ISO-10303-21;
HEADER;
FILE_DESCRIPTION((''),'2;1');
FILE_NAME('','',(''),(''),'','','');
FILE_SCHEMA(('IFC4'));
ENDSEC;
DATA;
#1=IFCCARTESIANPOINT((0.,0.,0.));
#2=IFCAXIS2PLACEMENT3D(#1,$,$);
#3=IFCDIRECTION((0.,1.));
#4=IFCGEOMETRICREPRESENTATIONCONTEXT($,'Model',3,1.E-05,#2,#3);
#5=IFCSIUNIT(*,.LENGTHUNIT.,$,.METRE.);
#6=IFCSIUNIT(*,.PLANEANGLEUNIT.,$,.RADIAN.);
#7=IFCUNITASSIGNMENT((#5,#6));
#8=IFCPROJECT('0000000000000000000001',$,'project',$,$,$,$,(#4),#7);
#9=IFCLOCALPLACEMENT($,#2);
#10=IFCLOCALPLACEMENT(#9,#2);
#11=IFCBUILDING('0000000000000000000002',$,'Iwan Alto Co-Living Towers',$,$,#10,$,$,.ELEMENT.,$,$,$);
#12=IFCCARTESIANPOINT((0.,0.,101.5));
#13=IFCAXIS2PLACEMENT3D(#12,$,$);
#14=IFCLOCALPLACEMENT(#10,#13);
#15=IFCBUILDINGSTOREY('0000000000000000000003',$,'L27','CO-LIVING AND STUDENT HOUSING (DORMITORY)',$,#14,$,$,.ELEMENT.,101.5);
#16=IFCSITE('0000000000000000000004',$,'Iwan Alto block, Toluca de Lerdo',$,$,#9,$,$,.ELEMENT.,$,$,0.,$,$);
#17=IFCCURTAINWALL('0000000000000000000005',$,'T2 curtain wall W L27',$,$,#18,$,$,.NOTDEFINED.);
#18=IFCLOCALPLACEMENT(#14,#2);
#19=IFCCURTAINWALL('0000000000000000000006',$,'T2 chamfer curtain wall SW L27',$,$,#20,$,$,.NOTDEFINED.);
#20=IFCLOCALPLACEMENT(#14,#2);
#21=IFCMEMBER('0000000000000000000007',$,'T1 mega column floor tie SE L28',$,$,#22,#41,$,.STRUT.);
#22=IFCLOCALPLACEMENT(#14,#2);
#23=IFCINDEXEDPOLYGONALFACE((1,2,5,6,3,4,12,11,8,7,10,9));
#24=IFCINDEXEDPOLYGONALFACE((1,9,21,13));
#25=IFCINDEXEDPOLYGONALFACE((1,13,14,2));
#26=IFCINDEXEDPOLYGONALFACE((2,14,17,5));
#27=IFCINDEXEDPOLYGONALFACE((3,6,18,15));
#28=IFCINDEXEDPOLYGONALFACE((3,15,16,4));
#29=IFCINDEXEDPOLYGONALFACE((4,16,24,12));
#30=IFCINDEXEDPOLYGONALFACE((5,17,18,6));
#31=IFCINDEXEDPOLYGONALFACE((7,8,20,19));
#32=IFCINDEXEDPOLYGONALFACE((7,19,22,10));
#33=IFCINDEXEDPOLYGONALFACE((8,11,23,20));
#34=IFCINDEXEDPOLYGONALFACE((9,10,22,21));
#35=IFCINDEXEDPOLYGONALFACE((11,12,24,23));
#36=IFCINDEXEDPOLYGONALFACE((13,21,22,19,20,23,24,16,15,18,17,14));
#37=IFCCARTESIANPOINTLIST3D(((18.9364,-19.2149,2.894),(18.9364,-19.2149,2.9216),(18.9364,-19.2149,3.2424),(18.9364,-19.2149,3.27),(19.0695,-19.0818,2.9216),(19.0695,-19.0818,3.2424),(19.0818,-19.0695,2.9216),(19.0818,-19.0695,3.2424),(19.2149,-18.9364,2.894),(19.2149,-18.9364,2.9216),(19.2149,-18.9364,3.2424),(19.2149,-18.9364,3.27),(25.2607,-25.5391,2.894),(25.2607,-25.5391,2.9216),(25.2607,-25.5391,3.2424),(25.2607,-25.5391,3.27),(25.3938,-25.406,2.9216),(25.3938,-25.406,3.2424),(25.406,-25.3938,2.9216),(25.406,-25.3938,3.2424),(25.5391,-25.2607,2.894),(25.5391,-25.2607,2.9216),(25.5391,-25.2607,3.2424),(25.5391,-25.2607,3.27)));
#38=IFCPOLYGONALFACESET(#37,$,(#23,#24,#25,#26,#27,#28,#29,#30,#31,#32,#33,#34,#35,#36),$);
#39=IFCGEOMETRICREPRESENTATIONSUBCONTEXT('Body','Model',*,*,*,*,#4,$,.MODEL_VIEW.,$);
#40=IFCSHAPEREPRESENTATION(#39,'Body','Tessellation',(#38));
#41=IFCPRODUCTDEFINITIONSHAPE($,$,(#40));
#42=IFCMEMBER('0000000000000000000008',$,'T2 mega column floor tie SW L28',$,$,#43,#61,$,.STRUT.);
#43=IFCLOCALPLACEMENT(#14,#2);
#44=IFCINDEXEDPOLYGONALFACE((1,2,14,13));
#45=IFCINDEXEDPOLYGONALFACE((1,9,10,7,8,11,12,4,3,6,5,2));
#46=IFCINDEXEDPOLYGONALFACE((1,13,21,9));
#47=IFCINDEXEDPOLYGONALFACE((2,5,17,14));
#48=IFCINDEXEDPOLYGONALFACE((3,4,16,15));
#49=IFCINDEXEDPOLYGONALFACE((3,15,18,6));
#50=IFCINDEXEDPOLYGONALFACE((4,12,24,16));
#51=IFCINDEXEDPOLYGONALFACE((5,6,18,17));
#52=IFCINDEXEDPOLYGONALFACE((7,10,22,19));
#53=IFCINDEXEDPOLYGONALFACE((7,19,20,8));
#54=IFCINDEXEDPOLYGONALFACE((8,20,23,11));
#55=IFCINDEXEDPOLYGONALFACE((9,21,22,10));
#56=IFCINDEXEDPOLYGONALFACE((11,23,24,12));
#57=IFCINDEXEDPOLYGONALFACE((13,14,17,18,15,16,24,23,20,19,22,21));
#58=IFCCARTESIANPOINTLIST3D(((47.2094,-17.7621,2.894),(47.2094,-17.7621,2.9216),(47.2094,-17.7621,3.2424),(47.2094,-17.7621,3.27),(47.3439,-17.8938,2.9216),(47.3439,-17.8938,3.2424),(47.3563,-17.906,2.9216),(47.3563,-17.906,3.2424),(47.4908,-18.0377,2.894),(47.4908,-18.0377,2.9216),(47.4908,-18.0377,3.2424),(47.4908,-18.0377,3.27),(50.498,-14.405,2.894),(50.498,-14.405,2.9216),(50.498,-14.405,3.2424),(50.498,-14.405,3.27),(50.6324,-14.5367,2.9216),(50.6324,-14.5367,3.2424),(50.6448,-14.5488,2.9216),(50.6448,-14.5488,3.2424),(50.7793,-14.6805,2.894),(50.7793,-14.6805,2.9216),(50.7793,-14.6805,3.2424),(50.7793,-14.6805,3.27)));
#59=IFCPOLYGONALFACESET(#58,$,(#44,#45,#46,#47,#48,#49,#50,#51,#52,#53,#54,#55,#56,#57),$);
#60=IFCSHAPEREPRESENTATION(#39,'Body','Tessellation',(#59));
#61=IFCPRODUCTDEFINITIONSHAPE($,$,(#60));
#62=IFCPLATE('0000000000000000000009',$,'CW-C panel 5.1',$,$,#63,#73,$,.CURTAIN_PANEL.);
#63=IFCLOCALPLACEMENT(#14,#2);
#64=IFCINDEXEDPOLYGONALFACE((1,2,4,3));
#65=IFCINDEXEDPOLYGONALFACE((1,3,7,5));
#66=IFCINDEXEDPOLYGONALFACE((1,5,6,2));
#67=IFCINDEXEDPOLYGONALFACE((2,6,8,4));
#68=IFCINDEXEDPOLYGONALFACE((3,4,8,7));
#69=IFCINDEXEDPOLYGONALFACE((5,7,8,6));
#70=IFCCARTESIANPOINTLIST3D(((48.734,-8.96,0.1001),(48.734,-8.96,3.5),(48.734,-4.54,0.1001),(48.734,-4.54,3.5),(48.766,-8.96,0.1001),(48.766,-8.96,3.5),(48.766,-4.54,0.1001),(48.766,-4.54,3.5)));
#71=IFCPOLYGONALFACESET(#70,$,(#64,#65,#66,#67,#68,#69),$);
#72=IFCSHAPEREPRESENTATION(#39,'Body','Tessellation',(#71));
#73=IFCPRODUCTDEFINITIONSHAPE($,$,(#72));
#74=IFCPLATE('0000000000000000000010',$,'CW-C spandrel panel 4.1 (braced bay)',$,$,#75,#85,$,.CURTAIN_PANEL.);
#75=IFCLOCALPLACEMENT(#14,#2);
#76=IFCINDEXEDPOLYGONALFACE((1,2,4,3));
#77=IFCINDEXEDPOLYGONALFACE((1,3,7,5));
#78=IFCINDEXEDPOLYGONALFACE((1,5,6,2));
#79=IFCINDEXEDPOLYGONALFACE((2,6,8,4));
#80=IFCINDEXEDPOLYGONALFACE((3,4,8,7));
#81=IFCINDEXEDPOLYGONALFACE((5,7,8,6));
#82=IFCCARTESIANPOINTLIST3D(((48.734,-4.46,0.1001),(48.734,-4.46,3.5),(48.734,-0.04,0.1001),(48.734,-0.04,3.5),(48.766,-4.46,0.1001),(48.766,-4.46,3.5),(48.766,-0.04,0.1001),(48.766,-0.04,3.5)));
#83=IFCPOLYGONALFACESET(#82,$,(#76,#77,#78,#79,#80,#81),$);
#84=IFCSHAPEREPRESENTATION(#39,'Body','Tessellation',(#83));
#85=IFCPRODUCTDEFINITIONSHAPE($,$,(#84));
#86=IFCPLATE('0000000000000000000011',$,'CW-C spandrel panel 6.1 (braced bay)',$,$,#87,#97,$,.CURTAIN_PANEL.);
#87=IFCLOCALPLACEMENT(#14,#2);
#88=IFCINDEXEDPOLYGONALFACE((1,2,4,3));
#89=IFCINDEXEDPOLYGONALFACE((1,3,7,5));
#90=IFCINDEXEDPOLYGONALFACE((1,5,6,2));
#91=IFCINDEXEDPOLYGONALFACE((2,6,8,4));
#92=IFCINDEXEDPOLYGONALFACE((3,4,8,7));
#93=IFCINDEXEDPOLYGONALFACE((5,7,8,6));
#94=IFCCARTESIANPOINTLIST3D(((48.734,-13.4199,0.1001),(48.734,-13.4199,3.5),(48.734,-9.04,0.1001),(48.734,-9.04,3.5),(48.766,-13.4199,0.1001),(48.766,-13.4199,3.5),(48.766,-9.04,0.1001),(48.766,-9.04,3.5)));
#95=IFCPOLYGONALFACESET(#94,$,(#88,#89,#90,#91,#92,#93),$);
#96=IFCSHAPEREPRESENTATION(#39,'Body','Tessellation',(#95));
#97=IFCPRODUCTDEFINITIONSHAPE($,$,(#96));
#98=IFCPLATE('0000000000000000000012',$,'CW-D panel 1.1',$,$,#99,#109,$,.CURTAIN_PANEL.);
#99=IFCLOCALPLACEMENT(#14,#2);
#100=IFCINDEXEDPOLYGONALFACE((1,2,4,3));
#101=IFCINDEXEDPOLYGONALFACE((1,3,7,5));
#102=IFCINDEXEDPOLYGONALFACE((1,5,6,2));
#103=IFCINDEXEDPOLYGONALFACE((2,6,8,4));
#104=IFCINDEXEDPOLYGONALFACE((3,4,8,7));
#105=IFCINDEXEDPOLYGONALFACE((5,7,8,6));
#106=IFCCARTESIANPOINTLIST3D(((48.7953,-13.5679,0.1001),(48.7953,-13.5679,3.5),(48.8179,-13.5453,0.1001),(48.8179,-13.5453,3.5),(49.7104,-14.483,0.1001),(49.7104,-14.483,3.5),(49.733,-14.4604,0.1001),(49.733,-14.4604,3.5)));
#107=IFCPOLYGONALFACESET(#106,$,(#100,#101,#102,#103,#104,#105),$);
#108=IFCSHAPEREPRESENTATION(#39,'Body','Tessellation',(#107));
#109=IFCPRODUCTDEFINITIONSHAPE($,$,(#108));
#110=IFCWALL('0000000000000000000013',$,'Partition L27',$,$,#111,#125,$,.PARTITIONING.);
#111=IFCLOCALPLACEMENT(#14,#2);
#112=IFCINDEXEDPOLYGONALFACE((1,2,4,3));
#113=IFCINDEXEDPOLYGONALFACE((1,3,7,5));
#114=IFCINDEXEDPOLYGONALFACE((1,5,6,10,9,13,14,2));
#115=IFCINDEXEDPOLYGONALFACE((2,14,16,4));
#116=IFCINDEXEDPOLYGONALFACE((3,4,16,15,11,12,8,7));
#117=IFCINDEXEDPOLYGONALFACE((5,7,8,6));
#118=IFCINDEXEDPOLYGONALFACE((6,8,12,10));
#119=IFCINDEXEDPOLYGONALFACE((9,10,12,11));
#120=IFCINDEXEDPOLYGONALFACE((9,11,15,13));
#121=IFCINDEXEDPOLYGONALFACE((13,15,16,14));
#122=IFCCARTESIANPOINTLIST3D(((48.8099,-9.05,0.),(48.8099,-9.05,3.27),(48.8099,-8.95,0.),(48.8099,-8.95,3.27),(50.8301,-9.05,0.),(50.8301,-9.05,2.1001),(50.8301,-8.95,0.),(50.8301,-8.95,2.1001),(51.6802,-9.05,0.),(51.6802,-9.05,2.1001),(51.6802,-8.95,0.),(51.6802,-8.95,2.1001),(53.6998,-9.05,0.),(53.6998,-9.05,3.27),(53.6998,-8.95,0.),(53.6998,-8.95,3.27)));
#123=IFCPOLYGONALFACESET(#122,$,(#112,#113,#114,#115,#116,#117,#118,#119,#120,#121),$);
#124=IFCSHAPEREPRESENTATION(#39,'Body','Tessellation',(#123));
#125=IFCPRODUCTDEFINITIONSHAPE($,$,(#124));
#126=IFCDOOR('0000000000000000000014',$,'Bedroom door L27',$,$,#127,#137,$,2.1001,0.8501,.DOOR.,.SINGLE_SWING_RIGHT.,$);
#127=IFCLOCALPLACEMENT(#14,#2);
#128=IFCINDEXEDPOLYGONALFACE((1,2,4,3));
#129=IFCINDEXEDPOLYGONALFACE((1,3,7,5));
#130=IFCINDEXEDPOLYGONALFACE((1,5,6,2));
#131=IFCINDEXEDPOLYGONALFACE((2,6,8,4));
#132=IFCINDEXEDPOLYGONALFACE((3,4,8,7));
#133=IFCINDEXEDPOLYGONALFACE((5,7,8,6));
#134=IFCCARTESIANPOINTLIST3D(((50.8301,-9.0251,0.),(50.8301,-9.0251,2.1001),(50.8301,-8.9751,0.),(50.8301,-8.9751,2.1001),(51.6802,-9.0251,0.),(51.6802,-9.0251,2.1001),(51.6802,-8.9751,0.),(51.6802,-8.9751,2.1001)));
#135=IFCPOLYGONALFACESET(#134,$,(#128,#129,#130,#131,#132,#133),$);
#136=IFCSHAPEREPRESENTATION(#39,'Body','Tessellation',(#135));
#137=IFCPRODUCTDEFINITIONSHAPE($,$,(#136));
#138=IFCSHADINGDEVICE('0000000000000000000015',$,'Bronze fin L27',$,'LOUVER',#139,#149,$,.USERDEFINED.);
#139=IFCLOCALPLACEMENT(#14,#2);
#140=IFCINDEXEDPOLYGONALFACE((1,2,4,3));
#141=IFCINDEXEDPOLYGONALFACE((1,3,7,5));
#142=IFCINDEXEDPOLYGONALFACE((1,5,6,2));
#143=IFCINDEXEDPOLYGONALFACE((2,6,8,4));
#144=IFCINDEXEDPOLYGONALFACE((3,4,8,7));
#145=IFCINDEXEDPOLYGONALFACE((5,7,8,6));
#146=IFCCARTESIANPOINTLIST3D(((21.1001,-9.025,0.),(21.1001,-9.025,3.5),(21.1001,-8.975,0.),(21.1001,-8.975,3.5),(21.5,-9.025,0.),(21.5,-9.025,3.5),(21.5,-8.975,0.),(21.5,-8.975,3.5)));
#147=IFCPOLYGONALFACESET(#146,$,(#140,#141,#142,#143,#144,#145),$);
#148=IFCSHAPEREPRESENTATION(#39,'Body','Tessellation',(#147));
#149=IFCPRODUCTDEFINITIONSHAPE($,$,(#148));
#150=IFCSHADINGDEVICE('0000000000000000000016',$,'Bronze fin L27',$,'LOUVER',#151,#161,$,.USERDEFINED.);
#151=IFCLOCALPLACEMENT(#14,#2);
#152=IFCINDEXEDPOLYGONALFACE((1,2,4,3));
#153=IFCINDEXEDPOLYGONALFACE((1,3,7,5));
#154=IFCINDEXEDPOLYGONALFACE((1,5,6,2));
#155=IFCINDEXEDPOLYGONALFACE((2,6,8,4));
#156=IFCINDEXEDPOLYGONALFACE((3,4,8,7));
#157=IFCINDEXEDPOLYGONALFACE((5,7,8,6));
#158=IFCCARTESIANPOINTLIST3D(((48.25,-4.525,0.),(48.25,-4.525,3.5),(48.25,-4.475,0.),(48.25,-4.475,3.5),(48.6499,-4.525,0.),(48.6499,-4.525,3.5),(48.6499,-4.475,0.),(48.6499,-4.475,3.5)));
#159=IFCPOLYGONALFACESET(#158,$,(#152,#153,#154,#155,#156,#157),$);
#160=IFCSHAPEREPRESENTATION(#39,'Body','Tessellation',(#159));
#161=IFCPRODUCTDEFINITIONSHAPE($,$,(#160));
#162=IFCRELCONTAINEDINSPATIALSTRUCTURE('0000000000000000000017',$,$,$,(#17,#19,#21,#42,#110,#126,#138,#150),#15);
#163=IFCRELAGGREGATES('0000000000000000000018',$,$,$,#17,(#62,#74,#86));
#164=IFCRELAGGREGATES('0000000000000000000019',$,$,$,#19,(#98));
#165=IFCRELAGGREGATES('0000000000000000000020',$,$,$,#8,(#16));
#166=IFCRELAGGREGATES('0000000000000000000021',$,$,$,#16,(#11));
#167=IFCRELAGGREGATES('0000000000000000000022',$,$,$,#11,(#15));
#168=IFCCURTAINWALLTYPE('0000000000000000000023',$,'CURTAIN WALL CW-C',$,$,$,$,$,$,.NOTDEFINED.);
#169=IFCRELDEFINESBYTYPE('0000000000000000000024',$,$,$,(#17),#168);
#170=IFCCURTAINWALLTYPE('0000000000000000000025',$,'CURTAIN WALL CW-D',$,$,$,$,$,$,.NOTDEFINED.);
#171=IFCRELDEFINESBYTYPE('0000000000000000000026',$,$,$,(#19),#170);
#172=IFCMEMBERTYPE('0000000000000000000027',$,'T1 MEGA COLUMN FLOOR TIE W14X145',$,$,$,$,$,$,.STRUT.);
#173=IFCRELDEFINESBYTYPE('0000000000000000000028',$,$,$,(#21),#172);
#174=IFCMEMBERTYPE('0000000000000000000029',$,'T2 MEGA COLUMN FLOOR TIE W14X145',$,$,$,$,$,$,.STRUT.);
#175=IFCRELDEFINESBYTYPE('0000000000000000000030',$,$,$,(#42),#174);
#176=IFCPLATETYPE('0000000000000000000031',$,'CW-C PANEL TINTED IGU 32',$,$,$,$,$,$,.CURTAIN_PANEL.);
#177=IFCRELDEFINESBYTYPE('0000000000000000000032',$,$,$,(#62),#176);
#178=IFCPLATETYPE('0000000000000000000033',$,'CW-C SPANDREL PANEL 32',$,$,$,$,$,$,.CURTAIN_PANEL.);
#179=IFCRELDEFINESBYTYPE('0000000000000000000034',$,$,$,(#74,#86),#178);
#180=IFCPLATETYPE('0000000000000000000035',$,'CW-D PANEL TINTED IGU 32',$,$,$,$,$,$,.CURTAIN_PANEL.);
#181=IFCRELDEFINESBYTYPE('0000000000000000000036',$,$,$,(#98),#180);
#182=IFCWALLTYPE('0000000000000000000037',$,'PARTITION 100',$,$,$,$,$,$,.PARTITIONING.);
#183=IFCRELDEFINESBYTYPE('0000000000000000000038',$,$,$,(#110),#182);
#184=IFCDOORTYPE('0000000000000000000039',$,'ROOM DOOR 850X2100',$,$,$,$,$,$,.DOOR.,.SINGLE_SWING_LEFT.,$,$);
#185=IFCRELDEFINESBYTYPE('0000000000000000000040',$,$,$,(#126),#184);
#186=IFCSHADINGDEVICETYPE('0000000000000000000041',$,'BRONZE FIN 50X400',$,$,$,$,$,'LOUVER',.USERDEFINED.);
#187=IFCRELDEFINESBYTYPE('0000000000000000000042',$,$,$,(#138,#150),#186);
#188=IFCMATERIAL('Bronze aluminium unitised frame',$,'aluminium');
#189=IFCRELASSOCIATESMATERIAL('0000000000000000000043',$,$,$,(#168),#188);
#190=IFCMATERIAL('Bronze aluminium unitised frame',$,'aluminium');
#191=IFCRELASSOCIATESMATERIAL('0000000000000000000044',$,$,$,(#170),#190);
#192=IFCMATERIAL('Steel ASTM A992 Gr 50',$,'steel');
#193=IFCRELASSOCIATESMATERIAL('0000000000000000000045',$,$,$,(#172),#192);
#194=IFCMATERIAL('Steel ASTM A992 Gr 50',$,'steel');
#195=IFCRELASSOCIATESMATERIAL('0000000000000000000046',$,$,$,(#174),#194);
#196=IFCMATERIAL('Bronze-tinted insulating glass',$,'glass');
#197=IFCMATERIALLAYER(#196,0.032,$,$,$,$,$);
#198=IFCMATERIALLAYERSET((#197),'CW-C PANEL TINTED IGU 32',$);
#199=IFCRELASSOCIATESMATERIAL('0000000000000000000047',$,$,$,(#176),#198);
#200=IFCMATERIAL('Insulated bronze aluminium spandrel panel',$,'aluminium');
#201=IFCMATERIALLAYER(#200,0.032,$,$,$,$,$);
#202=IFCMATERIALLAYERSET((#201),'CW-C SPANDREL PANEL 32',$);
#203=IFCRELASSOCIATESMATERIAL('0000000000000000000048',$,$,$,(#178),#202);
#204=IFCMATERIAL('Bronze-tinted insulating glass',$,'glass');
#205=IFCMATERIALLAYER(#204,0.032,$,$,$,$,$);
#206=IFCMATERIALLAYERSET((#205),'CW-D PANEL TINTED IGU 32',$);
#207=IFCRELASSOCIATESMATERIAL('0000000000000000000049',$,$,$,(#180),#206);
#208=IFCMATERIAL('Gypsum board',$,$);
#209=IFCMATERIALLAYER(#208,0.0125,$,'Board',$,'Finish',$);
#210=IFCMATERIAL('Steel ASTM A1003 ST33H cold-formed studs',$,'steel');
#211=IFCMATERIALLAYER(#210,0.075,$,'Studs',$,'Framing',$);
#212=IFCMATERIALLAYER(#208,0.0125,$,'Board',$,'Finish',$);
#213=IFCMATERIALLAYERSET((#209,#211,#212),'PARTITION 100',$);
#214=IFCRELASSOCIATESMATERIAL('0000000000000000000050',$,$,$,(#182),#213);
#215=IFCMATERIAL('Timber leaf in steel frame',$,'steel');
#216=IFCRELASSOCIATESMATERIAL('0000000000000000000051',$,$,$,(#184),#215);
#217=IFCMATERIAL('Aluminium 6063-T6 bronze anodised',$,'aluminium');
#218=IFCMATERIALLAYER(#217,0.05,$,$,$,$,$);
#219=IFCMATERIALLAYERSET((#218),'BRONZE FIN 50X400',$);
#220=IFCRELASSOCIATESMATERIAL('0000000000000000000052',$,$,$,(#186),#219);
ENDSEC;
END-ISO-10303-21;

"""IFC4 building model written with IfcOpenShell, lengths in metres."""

from ifc_helpers import new_model, si_unit, direction, frame, frame_2d, origin, origin_2d, place, context, subcontext, project, spatial, rectangle, i_section, extrude, material, layer, layer_set, material_profile, profile_set, type_object, element, fill, aggregate, save


model = new_model("IFC4")

# Units and contexts
model_context = context("Model", 3, precision=1e-05, world=origin(), true_north=direction((0.0, 1.0)))
body_context = subcontext(model_context, "Body", "Model", "MODEL_VIEW")
ifc_project = project(units=[si_unit("LENGTHUNIT", "METRE"), si_unit("PLANEANGLEUNIT", "RADIAN")], contexts=[model_context])

# Site, building, storey
site_placement = place(None, origin())
site = spatial("IfcSite", under=ifc_project, at=site_placement, Name="Iwan Alto block, Toluca de Lerdo", CompositionType="ELEMENT", RefElevation=0.0)
building_placement = place(site_placement, origin())
building = spatial("IfcBuilding", under=site, at=building_placement, Name="Iwan Alto Co-Living Towers", CompositionType="ELEMENT")
storey_placement = place(building_placement, frame((0.0, 0.0, 101.5)))
storey = spatial("IfcBuildingStorey", under=building, at=storey_placement, Name="L27", Description="CO-LIVING AND STUDENT HOUSING (DORMITORY)", CompositionType="ELEMENT", Elevation=101.5)

# Curtain walls
ifc_material_1 = material(Name="Bronze aluminium unitised frame", Category="aluminium")
curtain_wall_type_1 = type_object("IfcCurtainWallType", Name="CURTAIN WALL CW-C", PredefinedType="NOTDEFINED", material=ifc_material_1)
curtain_wall_1_placement = place(storey_placement, origin())
curtain_wall_1 = element("IfcCurtainWall", 1, at=curtain_wall_1_placement, inside=storey, type_object=curtain_wall_type_1, Name="T2 curtain wall W L27", PredefinedType="NOTDEFINED")
ifc_material_2 = material(Name="Bronze aluminium unitised frame", Category="aluminium")
curtain_wall_type_2 = type_object("IfcCurtainWallType", Name="CURTAIN WALL CW-D", PredefinedType="NOTDEFINED", material=ifc_material_2)
curtain_wall_2_placement = place(storey_placement, origin())
curtain_wall_2 = element("IfcCurtainWall", 2, at=curtain_wall_2_placement, inside=storey, type_object=curtain_wall_type_2, Name="T2 chamfer curtain wall SW L27", PredefinedType="NOTDEFINED")

# Members
ifc_material_3 = material(Name="Steel ASTM A992 Gr 50", Category="steel")
ifc_material_profile_1 = material_profile(ifc_material_3, i_section(OverallWidth=0.3938, OverallDepth=0.376, WebThickness=0.0173, FlangeThickness=0.0276, at=origin_2d()), Name="W14X145")
ifc_profile_set_1 = profile_set([ifc_material_profile_1], Name="Steel ASTM A992 Gr 50")
member_type_1 = type_object("IfcMemberType", Name="T1 MEGA COLUMN FLOOR TIE W14X145", PredefinedType="STRUT", material=ifc_profile_set_1)
member_1_placement = place(storey_placement, frame((25.3999, -25.3999, 3.082), z_axis=(-0.707107, 0.707107, 0.0), x_axis=(-0.707107, -0.707107, 0.0)))
element("IfcMember", 3, at=member_1_placement, inside=storey, type_object=member_type_1, Name="T1 mega column floor tie SE L28", PredefinedType="STRUT", context=body_context, shape_type="SweptSolid", body=[
    extrude(i_section(OverallWidth=0.3938, OverallDepth=0.376, WebThickness=0.0173, FlangeThickness=0.0276, at=origin_2d()), origin(), (0.0, 0.0, 1.0), 8.9438),
])
ifc_material_4 = material(Name="Steel ASTM A992 Gr 50", Category="steel")
ifc_material_profile_2 = material_profile(ifc_material_4, i_section(OverallWidth=0.3938, OverallDepth=0.376, WebThickness=0.0173, FlangeThickness=0.0276, at=origin_2d()), Name="W14X145")
ifc_profile_set_2 = profile_set([ifc_material_profile_2], Name="Steel ASTM A992 Gr 50")
member_type_2 = type_object("IfcMemberType", Name="T2 MEGA COLUMN FLOOR TIE W14X145", PredefinedType="STRUT", material=ifc_profile_set_2)
member_2_placement = place(storey_placement, frame((47.3501, -17.8999, 3.082), z_axis=(0.69977, 0.714368, 0.0), x_axis=(-0.714368, 0.69977, 0.0)))
element("IfcMember", 4, at=member_2_placement, inside=storey, type_object=member_type_2, Name="T2 mega column floor tie SW L28", PredefinedType="STRUT", context=body_context, shape_type="SweptSolid", body=[
    extrude(i_section(OverallWidth=0.3938, OverallDepth=0.376, WebThickness=0.0173, FlangeThickness=0.0276, at=origin_2d()), origin(), (0.0, 0.0, 1.0), 4.6995),
])

# Plates
ifc_material_5 = material(Name="Bronze-tinted insulating glass", Category="glass")
ifc_layer_1 = layer(ifc_material_5, 0.032)
ifc_layer_set_1 = layer_set([ifc_layer_1], Name="CW-C PANEL TINTED IGU 32")
plate_type_1 = type_object("IfcPlateType", Name="CW-C PANEL TINTED IGU 32", PredefinedType="CURTAIN_PANEL", material=ifc_layer_set_1)
plate_1_placement = place(storey_placement, frame((48.75, -6.75, 0.1001), z_axis=(0.0, 0.0, 1.0), x_axis=(0.0, -1.0, 0.0)))
plate_1 = element("IfcPlate", 5, at=plate_1_placement, type_object=plate_type_1, Name="CW-C panel 5.1", PredefinedType="CURTAIN_PANEL", context=body_context, shape_type="SweptSolid", body=[
    extrude(rectangle(XDim=4.4199, YDim=0.032, at=origin_2d()), origin(), (0.0, 0.0, 1.0), 3.3999),
])
ifc_material_6 = material(Name="Insulated bronze aluminium spandrel panel", Category="aluminium")
ifc_layer_2 = layer(ifc_material_6, 0.032)
ifc_layer_set_2 = layer_set([ifc_layer_2], Name="CW-C SPANDREL PANEL 32")
plate_type_2 = type_object("IfcPlateType", Name="CW-C SPANDREL PANEL 32", PredefinedType="CURTAIN_PANEL", material=ifc_layer_set_2)
plate_2_placement = place(storey_placement, frame((48.75, -2.25, 0.1001), z_axis=(0.0, 0.0, 1.0), x_axis=(0.0, -1.0, 0.0)))
plate_2 = element("IfcPlate", 6, at=plate_2_placement, type_object=plate_type_2, Name="CW-C spandrel panel 4.1 (braced bay)", PredefinedType="CURTAIN_PANEL", context=body_context, shape_type="SweptSolid", body=[
    extrude(rectangle(XDim=4.4199, YDim=0.032, at=origin_2d()), origin(), (0.0, 0.0, 1.0), 3.3999),
])
plate_3_placement = place(storey_placement, frame((48.75, -11.23, 0.1001), z_axis=(0.0, 0.0, 1.0), x_axis=(0.0, -1.0, 0.0)))
plate_3 = element("IfcPlate", 7, at=plate_3_placement, type_object=plate_type_2, Name="CW-C spandrel panel 6.1 (braced bay)", PredefinedType="CURTAIN_PANEL", context=body_context, shape_type="SweptSolid", body=[
    extrude(rectangle(XDim=4.3799, YDim=0.032, at=origin_2d()), origin(), (0.0, 0.0, 1.0), 3.3999),
])
aggregate(curtain_wall_1, [plate_1, plate_2, plate_3])
ifc_material_7 = material(Name="Bronze-tinted insulating glass", Category="glass")
ifc_layer_3 = layer(ifc_material_7, 0.032)
ifc_layer_set_3 = layer_set([ifc_layer_3], Name="CW-D PANEL TINTED IGU 32")
plate_type_3 = type_object("IfcPlateType", Name="CW-D PANEL TINTED IGU 32", PredefinedType="CURTAIN_PANEL", material=ifc_layer_set_3)
plate_4_placement = place(storey_placement, frame((49.2642, -14.0142, 0.1001), z_axis=(0.0, 0.0, 1.0), x_axis=(0.707107, -0.707107, 0.0)))
plate_4 = element("IfcPlate", 8, at=plate_4_placement, type_object=plate_type_3, Name="CW-D panel 1.1", PredefinedType="CURTAIN_PANEL", context=body_context, shape_type="SweptSolid", body=[
    extrude(rectangle(XDim=1.2942, YDim=0.032, at=origin_2d()), origin(), (0.0, 0.0, 1.0), 3.3999),
])
aggregate(curtain_wall_2, [plate_4])

# Wall, opening, door
ifc_material_8 = material(Name="Gypsum board")
ifc_layer_4 = layer(ifc_material_8, 0.0125, Name="Board", Category="Finish")
ifc_material_9 = material(Name="Steel ASTM A1003 ST33H cold-formed studs", Category="steel")
ifc_layer_5 = layer(ifc_material_9, 0.075, Name="Studs", Category="Framing")
ifc_layer_6 = layer(ifc_material_8, 0.0125, Name="Board", Category="Finish")
ifc_layer_set_4 = layer_set([ifc_layer_4, ifc_layer_5, ifc_layer_6], Name="PARTITION 100")
wall_type = type_object("IfcWallType", Name="PARTITION 100", PredefinedType="PARTITIONING", material=ifc_layer_set_4)
wall_placement = place(storey_placement, frame((48.8101, -9.0, 0.0), z_axis=(0.0, 0.0, 1.0), x_axis=(1.0, 0.0, 0.0)))
wall = element("IfcWall", 9, at=wall_placement, inside=storey, type_object=wall_type, Name="Partition L27", PredefinedType="PARTITIONING", context=body_context, shape_type="SweptSolid", body=[
    extrude(rectangle(XDim=4.8899, YDim=0.1001, at=frame_2d((2.4448, 0.0))), origin(), (0.0, 0.0, 1.0), 3.27),
])
opening_placement = place(wall_placement, frame((2.02, 0.0, 0.0)))
opening = element("IfcOpeningElement", 10, at=opening_placement, cuts=wall, PredefinedType="OPENING", context=body_context, shape_type="SweptSolid", body=[
    extrude(rectangle(XDim=0.8501, YDim=2.1001, at=frame_2d((0.425, 1.05))), frame((0.0, 0.0601, 0.0), z_axis=(0.0, -1.0, 0.0), x_axis=(1.0, 0.0, 0.0)), (0.0, 0.0, 1.0), 0.1201),
])
ifc_material_10 = material(Name="Timber leaf in steel frame", Category="steel")
door_type = type_object("IfcDoorType", Name="ROOM DOOR 850X2100", OperationType="SINGLE_SWING_LEFT", PredefinedType="DOOR", material=ifc_material_10)
door_placement = place(opening_placement, origin())
door = element("IfcDoor", 11, at=door_placement, inside=storey, type_object=door_type, Name="Bedroom door L27", OperationType="SINGLE_SWING_RIGHT", OverallHeight=2.1001, OverallWidth=0.8501, PredefinedType="DOOR", context=body_context, shape_type="SweptSolid", body=[
    extrude(rectangle(XDim=0.8501, YDim=2.1001, at=frame_2d((0.425, 1.05))), frame((0.0, 0.0249, 0.0), z_axis=(0.0, -1.0, 0.0), x_axis=(1.0, 0.0, 0.0)), (0.0, 0.0, 1.0), 0.05),
])
fill(opening, door)

# Shading devices
ifc_material_11 = material(Name="Aluminium 6063-T6 bronze anodised", Category="aluminium")
ifc_layer_7 = layer(ifc_material_11, 0.05)
ifc_layer_set_5 = layer_set([ifc_layer_7], Name="BRONZE FIN 50X400")
shading_device_type = type_object("IfcShadingDeviceType", Name="BRONZE FIN 50X400", ElementType="LOUVER", PredefinedType="USERDEFINED", material=ifc_layer_set_5)
for number, where, z_axis, x_axis, name in (
    (12, (21.3, -9.0, 0.0), (0.0, 0.0, 1.0), (0.0, 1.0, 0.0), "Bronze fin L27"),
    (13, (48.45, -4.5, 0.0), (0.0, 0.0, 1.0), (0.0, -1.0, 0.0), "Bronze fin L27"),
):
    element("IfcShadingDevice", number, at=place(storey_placement, frame(where, z_axis=z_axis, x_axis=x_axis)), inside=storey, type_object=shading_device_type, Name=name, ObjectType="LOUVER", PredefinedType="USERDEFINED", context=body_context, shape_type="SweptSolid", body=[
        extrude(rectangle(XDim=0.05, YDim=0.3999, at=origin_2d()), origin(), (0.0, 0.0, 1.0), 3.5),
    ])

save(model, "model.ifc")
